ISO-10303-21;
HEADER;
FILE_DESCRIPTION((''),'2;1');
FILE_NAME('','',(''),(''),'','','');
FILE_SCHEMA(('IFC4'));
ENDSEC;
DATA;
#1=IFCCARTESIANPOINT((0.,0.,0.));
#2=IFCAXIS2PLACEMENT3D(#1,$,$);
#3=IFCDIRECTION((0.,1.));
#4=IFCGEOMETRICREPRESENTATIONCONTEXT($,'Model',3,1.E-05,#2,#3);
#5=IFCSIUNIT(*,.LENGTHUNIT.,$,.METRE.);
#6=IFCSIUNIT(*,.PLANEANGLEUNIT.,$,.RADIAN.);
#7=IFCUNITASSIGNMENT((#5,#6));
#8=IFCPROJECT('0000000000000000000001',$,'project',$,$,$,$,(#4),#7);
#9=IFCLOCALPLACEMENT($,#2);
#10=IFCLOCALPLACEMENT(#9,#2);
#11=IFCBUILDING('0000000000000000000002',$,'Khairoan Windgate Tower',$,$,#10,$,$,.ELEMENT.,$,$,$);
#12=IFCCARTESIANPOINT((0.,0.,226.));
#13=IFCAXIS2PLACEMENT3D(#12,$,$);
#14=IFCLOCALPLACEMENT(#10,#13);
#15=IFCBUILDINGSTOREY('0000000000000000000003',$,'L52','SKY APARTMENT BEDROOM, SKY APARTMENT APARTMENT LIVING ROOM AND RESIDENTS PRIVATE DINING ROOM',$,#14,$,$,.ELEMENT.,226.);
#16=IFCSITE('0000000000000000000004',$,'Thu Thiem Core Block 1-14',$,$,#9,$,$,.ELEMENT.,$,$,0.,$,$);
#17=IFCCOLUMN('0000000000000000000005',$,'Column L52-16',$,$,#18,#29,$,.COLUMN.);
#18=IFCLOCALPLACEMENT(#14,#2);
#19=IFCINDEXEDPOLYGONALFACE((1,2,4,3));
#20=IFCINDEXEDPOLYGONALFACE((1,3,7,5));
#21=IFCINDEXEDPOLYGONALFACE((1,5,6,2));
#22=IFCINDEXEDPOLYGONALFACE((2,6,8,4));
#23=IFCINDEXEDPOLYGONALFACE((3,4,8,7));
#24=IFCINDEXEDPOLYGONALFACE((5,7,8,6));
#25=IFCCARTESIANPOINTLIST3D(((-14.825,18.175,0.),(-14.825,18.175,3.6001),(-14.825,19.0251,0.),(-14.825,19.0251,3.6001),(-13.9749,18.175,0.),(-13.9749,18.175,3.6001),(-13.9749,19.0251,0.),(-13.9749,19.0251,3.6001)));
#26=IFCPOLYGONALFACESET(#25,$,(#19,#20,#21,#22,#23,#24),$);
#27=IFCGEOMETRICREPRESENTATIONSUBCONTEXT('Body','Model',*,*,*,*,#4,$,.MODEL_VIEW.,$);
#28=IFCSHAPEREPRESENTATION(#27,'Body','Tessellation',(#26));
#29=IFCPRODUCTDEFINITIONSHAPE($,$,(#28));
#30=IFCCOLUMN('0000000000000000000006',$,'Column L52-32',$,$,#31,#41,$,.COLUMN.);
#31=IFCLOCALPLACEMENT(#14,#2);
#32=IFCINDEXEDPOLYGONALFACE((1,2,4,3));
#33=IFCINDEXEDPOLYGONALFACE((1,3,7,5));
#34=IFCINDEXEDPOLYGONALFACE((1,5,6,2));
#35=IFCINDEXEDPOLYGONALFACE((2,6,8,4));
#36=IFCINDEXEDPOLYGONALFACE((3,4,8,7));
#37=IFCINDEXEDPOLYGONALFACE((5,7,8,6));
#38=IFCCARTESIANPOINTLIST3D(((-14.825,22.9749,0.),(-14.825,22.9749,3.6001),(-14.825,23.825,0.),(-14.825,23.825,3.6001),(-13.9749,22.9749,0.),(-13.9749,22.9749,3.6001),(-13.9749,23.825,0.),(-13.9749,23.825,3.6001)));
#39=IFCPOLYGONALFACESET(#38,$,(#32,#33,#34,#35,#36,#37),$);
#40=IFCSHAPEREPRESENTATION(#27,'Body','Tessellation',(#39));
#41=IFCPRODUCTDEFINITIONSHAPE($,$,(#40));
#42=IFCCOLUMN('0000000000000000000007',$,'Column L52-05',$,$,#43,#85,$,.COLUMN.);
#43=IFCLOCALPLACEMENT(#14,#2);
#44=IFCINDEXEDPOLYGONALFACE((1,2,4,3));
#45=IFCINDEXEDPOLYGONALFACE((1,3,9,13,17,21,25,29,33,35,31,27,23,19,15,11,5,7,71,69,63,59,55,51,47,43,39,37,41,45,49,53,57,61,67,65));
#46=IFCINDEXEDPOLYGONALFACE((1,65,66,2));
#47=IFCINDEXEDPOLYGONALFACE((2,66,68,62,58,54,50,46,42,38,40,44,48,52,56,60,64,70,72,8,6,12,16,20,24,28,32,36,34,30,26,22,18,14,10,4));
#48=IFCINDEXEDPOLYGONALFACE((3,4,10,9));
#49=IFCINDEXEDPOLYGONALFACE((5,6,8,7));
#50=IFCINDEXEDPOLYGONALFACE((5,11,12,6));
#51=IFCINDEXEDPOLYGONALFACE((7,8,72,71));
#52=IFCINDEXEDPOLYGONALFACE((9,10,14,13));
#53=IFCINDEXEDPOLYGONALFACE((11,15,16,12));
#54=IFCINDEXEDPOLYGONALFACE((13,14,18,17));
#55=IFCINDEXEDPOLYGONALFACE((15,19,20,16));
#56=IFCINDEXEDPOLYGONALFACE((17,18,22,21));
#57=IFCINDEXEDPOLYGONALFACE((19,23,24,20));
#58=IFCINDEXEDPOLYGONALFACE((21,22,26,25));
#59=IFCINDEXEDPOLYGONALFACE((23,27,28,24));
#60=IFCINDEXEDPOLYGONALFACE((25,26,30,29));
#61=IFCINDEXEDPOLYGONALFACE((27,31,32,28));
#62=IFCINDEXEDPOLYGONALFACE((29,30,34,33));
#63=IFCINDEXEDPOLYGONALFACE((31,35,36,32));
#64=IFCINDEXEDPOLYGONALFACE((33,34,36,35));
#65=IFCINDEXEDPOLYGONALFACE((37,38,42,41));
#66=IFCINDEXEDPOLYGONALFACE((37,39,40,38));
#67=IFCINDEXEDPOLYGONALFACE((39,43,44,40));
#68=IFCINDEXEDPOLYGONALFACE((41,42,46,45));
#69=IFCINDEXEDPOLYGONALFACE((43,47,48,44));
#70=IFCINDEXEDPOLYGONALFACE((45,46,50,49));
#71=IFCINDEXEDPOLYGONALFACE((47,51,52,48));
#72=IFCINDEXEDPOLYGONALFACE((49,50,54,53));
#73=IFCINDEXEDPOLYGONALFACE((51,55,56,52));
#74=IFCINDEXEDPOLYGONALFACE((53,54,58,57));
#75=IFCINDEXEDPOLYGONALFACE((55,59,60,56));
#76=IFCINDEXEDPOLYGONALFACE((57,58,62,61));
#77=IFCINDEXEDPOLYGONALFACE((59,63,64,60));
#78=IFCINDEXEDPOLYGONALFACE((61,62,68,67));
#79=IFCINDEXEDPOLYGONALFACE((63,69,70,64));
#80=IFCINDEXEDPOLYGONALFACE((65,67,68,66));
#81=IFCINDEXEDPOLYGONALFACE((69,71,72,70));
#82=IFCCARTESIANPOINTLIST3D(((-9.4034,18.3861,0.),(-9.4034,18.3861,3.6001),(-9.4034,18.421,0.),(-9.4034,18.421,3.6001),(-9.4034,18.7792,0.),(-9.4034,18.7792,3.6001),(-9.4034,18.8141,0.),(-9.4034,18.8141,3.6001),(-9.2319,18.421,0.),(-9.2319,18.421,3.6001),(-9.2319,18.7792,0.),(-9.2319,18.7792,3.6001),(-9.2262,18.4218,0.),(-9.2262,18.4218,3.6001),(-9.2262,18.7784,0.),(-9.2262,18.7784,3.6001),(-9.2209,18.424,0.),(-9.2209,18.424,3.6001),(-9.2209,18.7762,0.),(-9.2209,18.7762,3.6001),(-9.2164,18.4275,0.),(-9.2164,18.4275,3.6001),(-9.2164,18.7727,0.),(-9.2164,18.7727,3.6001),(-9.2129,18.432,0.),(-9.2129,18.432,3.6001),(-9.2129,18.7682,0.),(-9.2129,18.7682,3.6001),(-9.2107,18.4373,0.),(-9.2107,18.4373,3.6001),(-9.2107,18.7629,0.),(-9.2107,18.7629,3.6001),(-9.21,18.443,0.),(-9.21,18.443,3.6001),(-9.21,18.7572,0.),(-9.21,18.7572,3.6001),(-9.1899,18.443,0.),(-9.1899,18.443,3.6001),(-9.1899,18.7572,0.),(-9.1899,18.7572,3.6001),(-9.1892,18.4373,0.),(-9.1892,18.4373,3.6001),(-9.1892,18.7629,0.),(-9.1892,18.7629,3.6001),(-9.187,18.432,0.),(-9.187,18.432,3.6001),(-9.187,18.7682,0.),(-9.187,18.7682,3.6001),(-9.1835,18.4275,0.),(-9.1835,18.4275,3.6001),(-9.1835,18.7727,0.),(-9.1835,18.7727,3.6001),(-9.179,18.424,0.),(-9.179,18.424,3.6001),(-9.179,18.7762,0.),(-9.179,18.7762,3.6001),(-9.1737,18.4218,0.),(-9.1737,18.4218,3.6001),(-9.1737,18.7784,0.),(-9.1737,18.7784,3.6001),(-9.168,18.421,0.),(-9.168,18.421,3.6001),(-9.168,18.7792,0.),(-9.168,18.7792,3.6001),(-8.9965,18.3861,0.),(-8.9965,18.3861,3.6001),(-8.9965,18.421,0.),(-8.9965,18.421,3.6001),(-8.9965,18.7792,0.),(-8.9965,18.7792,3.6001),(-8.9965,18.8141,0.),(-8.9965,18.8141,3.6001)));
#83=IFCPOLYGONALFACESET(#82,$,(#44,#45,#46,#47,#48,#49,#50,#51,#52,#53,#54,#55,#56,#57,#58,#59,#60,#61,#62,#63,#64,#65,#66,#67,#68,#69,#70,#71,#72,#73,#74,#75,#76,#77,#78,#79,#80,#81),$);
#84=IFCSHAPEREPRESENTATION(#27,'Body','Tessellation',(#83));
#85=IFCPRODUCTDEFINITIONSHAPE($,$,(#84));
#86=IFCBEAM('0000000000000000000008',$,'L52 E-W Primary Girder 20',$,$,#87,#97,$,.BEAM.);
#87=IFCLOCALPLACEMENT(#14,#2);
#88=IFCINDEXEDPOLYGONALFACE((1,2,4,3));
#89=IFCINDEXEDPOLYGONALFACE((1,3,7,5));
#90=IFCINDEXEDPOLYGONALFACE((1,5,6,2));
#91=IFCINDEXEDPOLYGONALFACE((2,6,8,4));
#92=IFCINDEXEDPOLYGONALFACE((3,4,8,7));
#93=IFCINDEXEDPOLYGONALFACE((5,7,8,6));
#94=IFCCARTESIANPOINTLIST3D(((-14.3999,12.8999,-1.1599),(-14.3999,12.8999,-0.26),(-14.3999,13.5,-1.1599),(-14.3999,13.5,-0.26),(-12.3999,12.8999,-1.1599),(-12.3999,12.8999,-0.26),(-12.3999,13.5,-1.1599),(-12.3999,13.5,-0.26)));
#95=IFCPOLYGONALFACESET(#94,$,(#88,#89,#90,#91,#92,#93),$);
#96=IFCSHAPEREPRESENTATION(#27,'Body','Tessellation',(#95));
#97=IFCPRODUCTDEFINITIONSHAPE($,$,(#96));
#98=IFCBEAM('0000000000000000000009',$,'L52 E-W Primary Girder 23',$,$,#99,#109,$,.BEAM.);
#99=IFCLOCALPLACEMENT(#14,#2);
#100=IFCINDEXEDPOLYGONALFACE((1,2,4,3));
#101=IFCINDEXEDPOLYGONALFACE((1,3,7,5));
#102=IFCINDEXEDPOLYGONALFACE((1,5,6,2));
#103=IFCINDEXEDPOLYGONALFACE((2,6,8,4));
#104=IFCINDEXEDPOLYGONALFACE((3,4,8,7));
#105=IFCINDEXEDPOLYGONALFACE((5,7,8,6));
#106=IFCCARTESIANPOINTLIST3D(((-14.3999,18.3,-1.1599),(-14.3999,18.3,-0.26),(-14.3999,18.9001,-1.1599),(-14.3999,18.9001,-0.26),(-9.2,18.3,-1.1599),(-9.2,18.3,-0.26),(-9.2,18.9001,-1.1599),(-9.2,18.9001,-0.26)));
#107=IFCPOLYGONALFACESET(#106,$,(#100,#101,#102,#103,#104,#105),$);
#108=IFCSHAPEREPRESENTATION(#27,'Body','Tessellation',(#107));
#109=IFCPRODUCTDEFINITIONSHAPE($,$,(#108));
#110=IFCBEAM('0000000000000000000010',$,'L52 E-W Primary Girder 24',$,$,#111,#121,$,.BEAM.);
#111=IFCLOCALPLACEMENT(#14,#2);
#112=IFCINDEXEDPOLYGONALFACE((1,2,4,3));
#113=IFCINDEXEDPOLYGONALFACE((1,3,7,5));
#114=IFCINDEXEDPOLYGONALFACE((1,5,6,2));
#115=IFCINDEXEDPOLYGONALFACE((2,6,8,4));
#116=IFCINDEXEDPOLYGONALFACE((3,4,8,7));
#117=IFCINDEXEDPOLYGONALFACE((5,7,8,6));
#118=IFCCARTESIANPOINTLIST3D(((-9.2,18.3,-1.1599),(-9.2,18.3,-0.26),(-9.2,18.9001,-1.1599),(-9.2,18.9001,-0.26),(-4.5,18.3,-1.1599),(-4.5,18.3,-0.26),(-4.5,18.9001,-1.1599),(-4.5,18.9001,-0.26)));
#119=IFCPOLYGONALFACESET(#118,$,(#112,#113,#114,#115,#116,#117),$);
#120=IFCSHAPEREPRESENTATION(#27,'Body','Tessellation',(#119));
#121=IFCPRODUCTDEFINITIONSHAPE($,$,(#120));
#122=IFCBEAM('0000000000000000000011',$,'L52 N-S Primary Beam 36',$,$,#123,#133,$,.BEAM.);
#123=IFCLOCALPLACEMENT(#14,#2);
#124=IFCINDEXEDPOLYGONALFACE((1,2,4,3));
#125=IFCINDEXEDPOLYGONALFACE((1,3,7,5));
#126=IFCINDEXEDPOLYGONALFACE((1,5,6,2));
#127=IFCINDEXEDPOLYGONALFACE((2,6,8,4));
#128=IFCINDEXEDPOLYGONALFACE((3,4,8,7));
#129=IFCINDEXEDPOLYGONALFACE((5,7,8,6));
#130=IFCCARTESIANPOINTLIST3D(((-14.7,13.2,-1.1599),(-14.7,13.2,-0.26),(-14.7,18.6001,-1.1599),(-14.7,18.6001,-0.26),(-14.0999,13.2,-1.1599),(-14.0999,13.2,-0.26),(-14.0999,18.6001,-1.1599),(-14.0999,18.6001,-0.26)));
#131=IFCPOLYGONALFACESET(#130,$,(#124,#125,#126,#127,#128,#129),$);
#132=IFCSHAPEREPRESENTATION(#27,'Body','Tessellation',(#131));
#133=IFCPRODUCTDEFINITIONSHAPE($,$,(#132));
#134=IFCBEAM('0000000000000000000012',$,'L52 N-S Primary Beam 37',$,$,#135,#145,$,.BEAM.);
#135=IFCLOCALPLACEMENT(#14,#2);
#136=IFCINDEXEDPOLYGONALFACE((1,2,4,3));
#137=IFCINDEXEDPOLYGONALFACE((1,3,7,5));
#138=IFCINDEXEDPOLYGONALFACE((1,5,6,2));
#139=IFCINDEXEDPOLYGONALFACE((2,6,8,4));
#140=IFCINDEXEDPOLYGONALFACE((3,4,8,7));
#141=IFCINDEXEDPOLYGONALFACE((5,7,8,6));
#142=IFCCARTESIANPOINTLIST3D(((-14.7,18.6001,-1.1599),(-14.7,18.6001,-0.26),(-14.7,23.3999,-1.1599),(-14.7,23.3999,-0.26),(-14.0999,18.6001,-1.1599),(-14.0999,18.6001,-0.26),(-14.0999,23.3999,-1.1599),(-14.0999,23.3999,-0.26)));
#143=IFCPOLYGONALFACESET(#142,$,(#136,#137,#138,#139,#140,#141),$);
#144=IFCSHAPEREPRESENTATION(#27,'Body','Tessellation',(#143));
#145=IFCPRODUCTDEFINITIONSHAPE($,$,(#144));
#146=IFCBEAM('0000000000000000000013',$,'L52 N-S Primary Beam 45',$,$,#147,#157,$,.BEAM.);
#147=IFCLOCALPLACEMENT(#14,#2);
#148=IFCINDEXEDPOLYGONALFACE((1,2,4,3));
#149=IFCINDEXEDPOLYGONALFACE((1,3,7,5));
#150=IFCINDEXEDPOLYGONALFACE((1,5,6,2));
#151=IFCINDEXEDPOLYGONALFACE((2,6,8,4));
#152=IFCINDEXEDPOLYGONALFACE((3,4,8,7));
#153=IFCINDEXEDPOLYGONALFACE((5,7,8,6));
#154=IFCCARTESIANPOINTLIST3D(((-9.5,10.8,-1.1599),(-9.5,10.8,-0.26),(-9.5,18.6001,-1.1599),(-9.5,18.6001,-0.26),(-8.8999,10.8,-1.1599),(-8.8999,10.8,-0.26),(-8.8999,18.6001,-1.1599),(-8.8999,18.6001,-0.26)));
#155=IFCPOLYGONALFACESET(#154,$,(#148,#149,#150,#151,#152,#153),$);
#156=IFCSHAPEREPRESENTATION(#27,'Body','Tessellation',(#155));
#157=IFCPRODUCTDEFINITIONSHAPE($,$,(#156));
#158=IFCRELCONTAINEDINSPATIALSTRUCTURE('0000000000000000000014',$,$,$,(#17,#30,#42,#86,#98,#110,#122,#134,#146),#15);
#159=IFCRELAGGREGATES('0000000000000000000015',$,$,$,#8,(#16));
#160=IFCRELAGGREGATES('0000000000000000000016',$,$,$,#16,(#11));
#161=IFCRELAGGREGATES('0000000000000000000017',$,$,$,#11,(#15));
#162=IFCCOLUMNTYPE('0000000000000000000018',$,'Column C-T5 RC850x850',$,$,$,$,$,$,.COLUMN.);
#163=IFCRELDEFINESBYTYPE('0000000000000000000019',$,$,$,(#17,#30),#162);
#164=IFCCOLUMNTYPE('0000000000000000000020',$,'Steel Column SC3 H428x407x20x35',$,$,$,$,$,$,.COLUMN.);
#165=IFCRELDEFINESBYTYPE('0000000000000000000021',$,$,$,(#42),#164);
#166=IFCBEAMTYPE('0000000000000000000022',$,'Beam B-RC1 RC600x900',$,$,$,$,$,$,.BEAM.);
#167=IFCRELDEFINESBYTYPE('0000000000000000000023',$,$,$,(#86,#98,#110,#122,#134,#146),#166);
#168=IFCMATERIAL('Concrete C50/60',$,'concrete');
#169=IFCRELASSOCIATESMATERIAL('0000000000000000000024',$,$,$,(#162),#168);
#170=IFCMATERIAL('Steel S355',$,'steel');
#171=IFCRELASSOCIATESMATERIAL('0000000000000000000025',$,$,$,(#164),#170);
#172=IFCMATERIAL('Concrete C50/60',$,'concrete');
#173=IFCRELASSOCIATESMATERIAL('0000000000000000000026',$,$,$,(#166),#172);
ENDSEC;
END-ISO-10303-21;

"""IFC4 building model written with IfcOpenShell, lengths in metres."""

from ifc_helpers import new_model, si_unit, direction, frame, origin, origin_2d, place, context, subcontext, project, spatial, rectangle, i_section, extrude, material, material_profile, profile_set, type_object, element, save


model = new_model("IFC4")

# Units and contexts
model_context = context("Model", 3, precision=1e-05, world=origin(), true_north=direction((0.0, 1.0)))
body_context = subcontext(model_context, "Body", "Model", "MODEL_VIEW")
ifc_project = project(units=[si_unit("LENGTHUNIT", "METRE"), si_unit("PLANEANGLEUNIT", "RADIAN")], contexts=[model_context])

# Site, building, storey
site_placement = place(None, origin())
site = spatial("IfcSite", under=ifc_project, at=site_placement, Name="Thu Thiem Core Block 1-14", CompositionType="ELEMENT", RefElevation=0.0)
building_placement = place(site_placement, origin())
building = spatial("IfcBuilding", under=site, at=building_placement, Name="Khairoan Windgate Tower", CompositionType="ELEMENT")
storey_placement = place(building_placement, frame((0.0, 0.0, 226.0)))
storey = spatial("IfcBuildingStorey", under=building, at=storey_placement, Name="L52", Description="SKY APARTMENT BEDROOM, SKY APARTMENT APARTMENT LIVING ROOM AND RESIDENTS PRIVATE DINING ROOM", CompositionType="ELEMENT", Elevation=226.0)

# Columns
ifc_material_1 = material(Name="Concrete C50/60", Category="concrete")
ifc_material_profile_1 = material_profile(ifc_material_1, rectangle(XDim=0.8501, YDim=0.8501, at=origin_2d()))
ifc_profile_set_1 = profile_set([ifc_material_profile_1], Name="Concrete C50/60")
column_type_1 = type_object("IfcColumnType", Name="Column C-T5 RC850x850", PredefinedType="COLUMN", material=ifc_profile_set_1)
for number, where, z_axis, x_axis, name in (
    (1, (-14.3999, 18.6001, 0.0), (0.0, 0.0, 1.0), (1.0, 0.0, 0.0), "Column L52-16"),
    (2, (-14.3999, 23.3999, 0.0), (0.0, 0.0, 1.0), (1.0, 0.0, 0.0), "Column L52-32"),
):
    element("IfcColumn", number, at=place(storey_placement, frame(where, z_axis=z_axis, x_axis=x_axis)), inside=storey, type_object=column_type_1, Name=name, PredefinedType="COLUMN", context=body_context, shape_type="SweptSolid", body=[
        extrude(rectangle(XDim=0.8501, YDim=0.8501, at=origin_2d()), origin(), (0.0, 0.0, 1.0), 3.6001),
    ])
ifc_material_2 = material(Name="Steel S355", Category="steel")
ifc_material_profile_2 = material_profile(ifc_material_2, i_section(OverallWidth=0.407, OverallDepth=0.428, WebThickness=0.02, FlangeThickness=0.0349, FilletRadius=0.022, at=origin_2d()))
ifc_profile_set_2 = profile_set([ifc_material_profile_2], Name="Steel S355")
column_type_2 = type_object("IfcColumnType", Name="Steel Column SC3 H428x407x20x35", PredefinedType="COLUMN", material=ifc_profile_set_2)
column_placement = place(storey_placement, frame((-9.2, 18.6001, 0.0), z_axis=(0.0, 0.0, 1.0), x_axis=(1.0, 0.0, 0.0)))
element("IfcColumn", 3, at=column_placement, inside=storey, type_object=column_type_2, Name="Column L52-05", PredefinedType="COLUMN", context=body_context, shape_type="SweptSolid", body=[
    extrude(i_section(OverallWidth=0.407, OverallDepth=0.428, WebThickness=0.02, FlangeThickness=0.0349, FilletRadius=0.022, at=origin_2d()), origin(), (0.0, 0.0, 1.0), 3.6001),
])

# Beams
ifc_material_3 = material(Name="Concrete C50/60", Category="concrete")
ifc_material_profile_3 = material_profile(ifc_material_3, rectangle(XDim=0.6001, YDim=0.8999, at=origin_2d()))
ifc_profile_set_3 = profile_set([ifc_material_profile_3], Name="Concrete C50/60")
beam_type_1 = type_object("IfcBeamType", Name="Beam B-RC1 RC600x900", PredefinedType="BEAM", material=ifc_profile_set_3)
beam_1_placement = place(storey_placement, frame((-14.3999, 13.2, -0.71), z_axis=(1.0, 0.0, 0.0), x_axis=(0.0, 1.0, 0.0)))
element("IfcBeam", 4, at=beam_1_placement, inside=storey, type_object=beam_type_1, Name="L52 E-W Primary Girder 20", PredefinedType="BEAM", context=body_context, shape_type="SweptSolid", body=[
    extrude(rectangle(XDim=0.6001, YDim=0.8999, at=origin_2d()), origin(), (0.0, 0.0, 1.0), 2.0),
])
beam_2_placement = place(storey_placement, frame((-14.3999, 18.6001, -0.71), z_axis=(1.0, 0.0, 0.0), x_axis=(0.0, 1.0, 0.0)))
element("IfcBeam", 5, at=beam_2_placement, inside=storey, type_object=beam_type_1, Name="L52 E-W Primary Girder 23", PredefinedType="BEAM", context=body_context, shape_type="SweptSolid", body=[
    extrude(rectangle(XDim=0.6001, YDim=0.8999, at=origin_2d()), origin(), (0.0, 0.0, 1.0), 5.2),
])
beam_3_placement = place(storey_placement, frame((-9.2, 18.6001, -0.71), z_axis=(1.0, 0.0, 0.0), x_axis=(0.0, 1.0, 0.0)))
element("IfcBeam", 6, at=beam_3_placement, inside=storey, type_object=beam_type_1, Name="L52 E-W Primary Girder 24", PredefinedType="BEAM", context=body_context, shape_type="SweptSolid", body=[
    extrude(rectangle(XDim=0.6001, YDim=0.8999, at=origin_2d()), origin(), (0.0, 0.0, 1.0), 4.7),
])
beam_4_placement = place(storey_placement, frame((-14.3999, 13.2, -0.71), z_axis=(0.0, 1.0, 0.0), x_axis=(-1.0, 0.0, 0.0)))
element("IfcBeam", 7, at=beam_4_placement, inside=storey, type_object=beam_type_1, Name="L52 N-S Primary Beam 36", PredefinedType="BEAM", context=body_context, shape_type="SweptSolid", body=[
    extrude(rectangle(XDim=0.6001, YDim=0.8999, at=origin_2d()), origin(), (0.0, 0.0, 1.0), 5.4001),
])
beam_5_placement = place(storey_placement, frame((-14.3999, 18.6001, -0.71), z_axis=(0.0, 1.0, 0.0), x_axis=(-1.0, 0.0, 0.0)))
element("IfcBeam", 8, at=beam_5_placement, inside=storey, type_object=beam_type_1, Name="L52 N-S Primary Beam 37", PredefinedType="BEAM", context=body_context, shape_type="SweptSolid", body=[
    extrude(rectangle(XDim=0.6001, YDim=0.8999, at=origin_2d()), origin(), (0.0, 0.0, 1.0), 4.7998),
])
beam_6_placement = place(storey_placement, frame((-9.2, 10.8, -0.71), z_axis=(0.0, 1.0, 0.0), x_axis=(-1.0, 0.0, 0.0)))
element("IfcBeam", 9, at=beam_6_placement, inside=storey, type_object=beam_type_1, Name="L52 N-S Primary Beam 45", PredefinedType="BEAM", context=body_context, shape_type="SweptSolid", body=[
    extrude(rectangle(XDim=0.6001, YDim=0.8999, at=origin_2d()), origin(), (0.0, 0.0, 1.0), 7.8),
])

save(model, "model.ifc")
